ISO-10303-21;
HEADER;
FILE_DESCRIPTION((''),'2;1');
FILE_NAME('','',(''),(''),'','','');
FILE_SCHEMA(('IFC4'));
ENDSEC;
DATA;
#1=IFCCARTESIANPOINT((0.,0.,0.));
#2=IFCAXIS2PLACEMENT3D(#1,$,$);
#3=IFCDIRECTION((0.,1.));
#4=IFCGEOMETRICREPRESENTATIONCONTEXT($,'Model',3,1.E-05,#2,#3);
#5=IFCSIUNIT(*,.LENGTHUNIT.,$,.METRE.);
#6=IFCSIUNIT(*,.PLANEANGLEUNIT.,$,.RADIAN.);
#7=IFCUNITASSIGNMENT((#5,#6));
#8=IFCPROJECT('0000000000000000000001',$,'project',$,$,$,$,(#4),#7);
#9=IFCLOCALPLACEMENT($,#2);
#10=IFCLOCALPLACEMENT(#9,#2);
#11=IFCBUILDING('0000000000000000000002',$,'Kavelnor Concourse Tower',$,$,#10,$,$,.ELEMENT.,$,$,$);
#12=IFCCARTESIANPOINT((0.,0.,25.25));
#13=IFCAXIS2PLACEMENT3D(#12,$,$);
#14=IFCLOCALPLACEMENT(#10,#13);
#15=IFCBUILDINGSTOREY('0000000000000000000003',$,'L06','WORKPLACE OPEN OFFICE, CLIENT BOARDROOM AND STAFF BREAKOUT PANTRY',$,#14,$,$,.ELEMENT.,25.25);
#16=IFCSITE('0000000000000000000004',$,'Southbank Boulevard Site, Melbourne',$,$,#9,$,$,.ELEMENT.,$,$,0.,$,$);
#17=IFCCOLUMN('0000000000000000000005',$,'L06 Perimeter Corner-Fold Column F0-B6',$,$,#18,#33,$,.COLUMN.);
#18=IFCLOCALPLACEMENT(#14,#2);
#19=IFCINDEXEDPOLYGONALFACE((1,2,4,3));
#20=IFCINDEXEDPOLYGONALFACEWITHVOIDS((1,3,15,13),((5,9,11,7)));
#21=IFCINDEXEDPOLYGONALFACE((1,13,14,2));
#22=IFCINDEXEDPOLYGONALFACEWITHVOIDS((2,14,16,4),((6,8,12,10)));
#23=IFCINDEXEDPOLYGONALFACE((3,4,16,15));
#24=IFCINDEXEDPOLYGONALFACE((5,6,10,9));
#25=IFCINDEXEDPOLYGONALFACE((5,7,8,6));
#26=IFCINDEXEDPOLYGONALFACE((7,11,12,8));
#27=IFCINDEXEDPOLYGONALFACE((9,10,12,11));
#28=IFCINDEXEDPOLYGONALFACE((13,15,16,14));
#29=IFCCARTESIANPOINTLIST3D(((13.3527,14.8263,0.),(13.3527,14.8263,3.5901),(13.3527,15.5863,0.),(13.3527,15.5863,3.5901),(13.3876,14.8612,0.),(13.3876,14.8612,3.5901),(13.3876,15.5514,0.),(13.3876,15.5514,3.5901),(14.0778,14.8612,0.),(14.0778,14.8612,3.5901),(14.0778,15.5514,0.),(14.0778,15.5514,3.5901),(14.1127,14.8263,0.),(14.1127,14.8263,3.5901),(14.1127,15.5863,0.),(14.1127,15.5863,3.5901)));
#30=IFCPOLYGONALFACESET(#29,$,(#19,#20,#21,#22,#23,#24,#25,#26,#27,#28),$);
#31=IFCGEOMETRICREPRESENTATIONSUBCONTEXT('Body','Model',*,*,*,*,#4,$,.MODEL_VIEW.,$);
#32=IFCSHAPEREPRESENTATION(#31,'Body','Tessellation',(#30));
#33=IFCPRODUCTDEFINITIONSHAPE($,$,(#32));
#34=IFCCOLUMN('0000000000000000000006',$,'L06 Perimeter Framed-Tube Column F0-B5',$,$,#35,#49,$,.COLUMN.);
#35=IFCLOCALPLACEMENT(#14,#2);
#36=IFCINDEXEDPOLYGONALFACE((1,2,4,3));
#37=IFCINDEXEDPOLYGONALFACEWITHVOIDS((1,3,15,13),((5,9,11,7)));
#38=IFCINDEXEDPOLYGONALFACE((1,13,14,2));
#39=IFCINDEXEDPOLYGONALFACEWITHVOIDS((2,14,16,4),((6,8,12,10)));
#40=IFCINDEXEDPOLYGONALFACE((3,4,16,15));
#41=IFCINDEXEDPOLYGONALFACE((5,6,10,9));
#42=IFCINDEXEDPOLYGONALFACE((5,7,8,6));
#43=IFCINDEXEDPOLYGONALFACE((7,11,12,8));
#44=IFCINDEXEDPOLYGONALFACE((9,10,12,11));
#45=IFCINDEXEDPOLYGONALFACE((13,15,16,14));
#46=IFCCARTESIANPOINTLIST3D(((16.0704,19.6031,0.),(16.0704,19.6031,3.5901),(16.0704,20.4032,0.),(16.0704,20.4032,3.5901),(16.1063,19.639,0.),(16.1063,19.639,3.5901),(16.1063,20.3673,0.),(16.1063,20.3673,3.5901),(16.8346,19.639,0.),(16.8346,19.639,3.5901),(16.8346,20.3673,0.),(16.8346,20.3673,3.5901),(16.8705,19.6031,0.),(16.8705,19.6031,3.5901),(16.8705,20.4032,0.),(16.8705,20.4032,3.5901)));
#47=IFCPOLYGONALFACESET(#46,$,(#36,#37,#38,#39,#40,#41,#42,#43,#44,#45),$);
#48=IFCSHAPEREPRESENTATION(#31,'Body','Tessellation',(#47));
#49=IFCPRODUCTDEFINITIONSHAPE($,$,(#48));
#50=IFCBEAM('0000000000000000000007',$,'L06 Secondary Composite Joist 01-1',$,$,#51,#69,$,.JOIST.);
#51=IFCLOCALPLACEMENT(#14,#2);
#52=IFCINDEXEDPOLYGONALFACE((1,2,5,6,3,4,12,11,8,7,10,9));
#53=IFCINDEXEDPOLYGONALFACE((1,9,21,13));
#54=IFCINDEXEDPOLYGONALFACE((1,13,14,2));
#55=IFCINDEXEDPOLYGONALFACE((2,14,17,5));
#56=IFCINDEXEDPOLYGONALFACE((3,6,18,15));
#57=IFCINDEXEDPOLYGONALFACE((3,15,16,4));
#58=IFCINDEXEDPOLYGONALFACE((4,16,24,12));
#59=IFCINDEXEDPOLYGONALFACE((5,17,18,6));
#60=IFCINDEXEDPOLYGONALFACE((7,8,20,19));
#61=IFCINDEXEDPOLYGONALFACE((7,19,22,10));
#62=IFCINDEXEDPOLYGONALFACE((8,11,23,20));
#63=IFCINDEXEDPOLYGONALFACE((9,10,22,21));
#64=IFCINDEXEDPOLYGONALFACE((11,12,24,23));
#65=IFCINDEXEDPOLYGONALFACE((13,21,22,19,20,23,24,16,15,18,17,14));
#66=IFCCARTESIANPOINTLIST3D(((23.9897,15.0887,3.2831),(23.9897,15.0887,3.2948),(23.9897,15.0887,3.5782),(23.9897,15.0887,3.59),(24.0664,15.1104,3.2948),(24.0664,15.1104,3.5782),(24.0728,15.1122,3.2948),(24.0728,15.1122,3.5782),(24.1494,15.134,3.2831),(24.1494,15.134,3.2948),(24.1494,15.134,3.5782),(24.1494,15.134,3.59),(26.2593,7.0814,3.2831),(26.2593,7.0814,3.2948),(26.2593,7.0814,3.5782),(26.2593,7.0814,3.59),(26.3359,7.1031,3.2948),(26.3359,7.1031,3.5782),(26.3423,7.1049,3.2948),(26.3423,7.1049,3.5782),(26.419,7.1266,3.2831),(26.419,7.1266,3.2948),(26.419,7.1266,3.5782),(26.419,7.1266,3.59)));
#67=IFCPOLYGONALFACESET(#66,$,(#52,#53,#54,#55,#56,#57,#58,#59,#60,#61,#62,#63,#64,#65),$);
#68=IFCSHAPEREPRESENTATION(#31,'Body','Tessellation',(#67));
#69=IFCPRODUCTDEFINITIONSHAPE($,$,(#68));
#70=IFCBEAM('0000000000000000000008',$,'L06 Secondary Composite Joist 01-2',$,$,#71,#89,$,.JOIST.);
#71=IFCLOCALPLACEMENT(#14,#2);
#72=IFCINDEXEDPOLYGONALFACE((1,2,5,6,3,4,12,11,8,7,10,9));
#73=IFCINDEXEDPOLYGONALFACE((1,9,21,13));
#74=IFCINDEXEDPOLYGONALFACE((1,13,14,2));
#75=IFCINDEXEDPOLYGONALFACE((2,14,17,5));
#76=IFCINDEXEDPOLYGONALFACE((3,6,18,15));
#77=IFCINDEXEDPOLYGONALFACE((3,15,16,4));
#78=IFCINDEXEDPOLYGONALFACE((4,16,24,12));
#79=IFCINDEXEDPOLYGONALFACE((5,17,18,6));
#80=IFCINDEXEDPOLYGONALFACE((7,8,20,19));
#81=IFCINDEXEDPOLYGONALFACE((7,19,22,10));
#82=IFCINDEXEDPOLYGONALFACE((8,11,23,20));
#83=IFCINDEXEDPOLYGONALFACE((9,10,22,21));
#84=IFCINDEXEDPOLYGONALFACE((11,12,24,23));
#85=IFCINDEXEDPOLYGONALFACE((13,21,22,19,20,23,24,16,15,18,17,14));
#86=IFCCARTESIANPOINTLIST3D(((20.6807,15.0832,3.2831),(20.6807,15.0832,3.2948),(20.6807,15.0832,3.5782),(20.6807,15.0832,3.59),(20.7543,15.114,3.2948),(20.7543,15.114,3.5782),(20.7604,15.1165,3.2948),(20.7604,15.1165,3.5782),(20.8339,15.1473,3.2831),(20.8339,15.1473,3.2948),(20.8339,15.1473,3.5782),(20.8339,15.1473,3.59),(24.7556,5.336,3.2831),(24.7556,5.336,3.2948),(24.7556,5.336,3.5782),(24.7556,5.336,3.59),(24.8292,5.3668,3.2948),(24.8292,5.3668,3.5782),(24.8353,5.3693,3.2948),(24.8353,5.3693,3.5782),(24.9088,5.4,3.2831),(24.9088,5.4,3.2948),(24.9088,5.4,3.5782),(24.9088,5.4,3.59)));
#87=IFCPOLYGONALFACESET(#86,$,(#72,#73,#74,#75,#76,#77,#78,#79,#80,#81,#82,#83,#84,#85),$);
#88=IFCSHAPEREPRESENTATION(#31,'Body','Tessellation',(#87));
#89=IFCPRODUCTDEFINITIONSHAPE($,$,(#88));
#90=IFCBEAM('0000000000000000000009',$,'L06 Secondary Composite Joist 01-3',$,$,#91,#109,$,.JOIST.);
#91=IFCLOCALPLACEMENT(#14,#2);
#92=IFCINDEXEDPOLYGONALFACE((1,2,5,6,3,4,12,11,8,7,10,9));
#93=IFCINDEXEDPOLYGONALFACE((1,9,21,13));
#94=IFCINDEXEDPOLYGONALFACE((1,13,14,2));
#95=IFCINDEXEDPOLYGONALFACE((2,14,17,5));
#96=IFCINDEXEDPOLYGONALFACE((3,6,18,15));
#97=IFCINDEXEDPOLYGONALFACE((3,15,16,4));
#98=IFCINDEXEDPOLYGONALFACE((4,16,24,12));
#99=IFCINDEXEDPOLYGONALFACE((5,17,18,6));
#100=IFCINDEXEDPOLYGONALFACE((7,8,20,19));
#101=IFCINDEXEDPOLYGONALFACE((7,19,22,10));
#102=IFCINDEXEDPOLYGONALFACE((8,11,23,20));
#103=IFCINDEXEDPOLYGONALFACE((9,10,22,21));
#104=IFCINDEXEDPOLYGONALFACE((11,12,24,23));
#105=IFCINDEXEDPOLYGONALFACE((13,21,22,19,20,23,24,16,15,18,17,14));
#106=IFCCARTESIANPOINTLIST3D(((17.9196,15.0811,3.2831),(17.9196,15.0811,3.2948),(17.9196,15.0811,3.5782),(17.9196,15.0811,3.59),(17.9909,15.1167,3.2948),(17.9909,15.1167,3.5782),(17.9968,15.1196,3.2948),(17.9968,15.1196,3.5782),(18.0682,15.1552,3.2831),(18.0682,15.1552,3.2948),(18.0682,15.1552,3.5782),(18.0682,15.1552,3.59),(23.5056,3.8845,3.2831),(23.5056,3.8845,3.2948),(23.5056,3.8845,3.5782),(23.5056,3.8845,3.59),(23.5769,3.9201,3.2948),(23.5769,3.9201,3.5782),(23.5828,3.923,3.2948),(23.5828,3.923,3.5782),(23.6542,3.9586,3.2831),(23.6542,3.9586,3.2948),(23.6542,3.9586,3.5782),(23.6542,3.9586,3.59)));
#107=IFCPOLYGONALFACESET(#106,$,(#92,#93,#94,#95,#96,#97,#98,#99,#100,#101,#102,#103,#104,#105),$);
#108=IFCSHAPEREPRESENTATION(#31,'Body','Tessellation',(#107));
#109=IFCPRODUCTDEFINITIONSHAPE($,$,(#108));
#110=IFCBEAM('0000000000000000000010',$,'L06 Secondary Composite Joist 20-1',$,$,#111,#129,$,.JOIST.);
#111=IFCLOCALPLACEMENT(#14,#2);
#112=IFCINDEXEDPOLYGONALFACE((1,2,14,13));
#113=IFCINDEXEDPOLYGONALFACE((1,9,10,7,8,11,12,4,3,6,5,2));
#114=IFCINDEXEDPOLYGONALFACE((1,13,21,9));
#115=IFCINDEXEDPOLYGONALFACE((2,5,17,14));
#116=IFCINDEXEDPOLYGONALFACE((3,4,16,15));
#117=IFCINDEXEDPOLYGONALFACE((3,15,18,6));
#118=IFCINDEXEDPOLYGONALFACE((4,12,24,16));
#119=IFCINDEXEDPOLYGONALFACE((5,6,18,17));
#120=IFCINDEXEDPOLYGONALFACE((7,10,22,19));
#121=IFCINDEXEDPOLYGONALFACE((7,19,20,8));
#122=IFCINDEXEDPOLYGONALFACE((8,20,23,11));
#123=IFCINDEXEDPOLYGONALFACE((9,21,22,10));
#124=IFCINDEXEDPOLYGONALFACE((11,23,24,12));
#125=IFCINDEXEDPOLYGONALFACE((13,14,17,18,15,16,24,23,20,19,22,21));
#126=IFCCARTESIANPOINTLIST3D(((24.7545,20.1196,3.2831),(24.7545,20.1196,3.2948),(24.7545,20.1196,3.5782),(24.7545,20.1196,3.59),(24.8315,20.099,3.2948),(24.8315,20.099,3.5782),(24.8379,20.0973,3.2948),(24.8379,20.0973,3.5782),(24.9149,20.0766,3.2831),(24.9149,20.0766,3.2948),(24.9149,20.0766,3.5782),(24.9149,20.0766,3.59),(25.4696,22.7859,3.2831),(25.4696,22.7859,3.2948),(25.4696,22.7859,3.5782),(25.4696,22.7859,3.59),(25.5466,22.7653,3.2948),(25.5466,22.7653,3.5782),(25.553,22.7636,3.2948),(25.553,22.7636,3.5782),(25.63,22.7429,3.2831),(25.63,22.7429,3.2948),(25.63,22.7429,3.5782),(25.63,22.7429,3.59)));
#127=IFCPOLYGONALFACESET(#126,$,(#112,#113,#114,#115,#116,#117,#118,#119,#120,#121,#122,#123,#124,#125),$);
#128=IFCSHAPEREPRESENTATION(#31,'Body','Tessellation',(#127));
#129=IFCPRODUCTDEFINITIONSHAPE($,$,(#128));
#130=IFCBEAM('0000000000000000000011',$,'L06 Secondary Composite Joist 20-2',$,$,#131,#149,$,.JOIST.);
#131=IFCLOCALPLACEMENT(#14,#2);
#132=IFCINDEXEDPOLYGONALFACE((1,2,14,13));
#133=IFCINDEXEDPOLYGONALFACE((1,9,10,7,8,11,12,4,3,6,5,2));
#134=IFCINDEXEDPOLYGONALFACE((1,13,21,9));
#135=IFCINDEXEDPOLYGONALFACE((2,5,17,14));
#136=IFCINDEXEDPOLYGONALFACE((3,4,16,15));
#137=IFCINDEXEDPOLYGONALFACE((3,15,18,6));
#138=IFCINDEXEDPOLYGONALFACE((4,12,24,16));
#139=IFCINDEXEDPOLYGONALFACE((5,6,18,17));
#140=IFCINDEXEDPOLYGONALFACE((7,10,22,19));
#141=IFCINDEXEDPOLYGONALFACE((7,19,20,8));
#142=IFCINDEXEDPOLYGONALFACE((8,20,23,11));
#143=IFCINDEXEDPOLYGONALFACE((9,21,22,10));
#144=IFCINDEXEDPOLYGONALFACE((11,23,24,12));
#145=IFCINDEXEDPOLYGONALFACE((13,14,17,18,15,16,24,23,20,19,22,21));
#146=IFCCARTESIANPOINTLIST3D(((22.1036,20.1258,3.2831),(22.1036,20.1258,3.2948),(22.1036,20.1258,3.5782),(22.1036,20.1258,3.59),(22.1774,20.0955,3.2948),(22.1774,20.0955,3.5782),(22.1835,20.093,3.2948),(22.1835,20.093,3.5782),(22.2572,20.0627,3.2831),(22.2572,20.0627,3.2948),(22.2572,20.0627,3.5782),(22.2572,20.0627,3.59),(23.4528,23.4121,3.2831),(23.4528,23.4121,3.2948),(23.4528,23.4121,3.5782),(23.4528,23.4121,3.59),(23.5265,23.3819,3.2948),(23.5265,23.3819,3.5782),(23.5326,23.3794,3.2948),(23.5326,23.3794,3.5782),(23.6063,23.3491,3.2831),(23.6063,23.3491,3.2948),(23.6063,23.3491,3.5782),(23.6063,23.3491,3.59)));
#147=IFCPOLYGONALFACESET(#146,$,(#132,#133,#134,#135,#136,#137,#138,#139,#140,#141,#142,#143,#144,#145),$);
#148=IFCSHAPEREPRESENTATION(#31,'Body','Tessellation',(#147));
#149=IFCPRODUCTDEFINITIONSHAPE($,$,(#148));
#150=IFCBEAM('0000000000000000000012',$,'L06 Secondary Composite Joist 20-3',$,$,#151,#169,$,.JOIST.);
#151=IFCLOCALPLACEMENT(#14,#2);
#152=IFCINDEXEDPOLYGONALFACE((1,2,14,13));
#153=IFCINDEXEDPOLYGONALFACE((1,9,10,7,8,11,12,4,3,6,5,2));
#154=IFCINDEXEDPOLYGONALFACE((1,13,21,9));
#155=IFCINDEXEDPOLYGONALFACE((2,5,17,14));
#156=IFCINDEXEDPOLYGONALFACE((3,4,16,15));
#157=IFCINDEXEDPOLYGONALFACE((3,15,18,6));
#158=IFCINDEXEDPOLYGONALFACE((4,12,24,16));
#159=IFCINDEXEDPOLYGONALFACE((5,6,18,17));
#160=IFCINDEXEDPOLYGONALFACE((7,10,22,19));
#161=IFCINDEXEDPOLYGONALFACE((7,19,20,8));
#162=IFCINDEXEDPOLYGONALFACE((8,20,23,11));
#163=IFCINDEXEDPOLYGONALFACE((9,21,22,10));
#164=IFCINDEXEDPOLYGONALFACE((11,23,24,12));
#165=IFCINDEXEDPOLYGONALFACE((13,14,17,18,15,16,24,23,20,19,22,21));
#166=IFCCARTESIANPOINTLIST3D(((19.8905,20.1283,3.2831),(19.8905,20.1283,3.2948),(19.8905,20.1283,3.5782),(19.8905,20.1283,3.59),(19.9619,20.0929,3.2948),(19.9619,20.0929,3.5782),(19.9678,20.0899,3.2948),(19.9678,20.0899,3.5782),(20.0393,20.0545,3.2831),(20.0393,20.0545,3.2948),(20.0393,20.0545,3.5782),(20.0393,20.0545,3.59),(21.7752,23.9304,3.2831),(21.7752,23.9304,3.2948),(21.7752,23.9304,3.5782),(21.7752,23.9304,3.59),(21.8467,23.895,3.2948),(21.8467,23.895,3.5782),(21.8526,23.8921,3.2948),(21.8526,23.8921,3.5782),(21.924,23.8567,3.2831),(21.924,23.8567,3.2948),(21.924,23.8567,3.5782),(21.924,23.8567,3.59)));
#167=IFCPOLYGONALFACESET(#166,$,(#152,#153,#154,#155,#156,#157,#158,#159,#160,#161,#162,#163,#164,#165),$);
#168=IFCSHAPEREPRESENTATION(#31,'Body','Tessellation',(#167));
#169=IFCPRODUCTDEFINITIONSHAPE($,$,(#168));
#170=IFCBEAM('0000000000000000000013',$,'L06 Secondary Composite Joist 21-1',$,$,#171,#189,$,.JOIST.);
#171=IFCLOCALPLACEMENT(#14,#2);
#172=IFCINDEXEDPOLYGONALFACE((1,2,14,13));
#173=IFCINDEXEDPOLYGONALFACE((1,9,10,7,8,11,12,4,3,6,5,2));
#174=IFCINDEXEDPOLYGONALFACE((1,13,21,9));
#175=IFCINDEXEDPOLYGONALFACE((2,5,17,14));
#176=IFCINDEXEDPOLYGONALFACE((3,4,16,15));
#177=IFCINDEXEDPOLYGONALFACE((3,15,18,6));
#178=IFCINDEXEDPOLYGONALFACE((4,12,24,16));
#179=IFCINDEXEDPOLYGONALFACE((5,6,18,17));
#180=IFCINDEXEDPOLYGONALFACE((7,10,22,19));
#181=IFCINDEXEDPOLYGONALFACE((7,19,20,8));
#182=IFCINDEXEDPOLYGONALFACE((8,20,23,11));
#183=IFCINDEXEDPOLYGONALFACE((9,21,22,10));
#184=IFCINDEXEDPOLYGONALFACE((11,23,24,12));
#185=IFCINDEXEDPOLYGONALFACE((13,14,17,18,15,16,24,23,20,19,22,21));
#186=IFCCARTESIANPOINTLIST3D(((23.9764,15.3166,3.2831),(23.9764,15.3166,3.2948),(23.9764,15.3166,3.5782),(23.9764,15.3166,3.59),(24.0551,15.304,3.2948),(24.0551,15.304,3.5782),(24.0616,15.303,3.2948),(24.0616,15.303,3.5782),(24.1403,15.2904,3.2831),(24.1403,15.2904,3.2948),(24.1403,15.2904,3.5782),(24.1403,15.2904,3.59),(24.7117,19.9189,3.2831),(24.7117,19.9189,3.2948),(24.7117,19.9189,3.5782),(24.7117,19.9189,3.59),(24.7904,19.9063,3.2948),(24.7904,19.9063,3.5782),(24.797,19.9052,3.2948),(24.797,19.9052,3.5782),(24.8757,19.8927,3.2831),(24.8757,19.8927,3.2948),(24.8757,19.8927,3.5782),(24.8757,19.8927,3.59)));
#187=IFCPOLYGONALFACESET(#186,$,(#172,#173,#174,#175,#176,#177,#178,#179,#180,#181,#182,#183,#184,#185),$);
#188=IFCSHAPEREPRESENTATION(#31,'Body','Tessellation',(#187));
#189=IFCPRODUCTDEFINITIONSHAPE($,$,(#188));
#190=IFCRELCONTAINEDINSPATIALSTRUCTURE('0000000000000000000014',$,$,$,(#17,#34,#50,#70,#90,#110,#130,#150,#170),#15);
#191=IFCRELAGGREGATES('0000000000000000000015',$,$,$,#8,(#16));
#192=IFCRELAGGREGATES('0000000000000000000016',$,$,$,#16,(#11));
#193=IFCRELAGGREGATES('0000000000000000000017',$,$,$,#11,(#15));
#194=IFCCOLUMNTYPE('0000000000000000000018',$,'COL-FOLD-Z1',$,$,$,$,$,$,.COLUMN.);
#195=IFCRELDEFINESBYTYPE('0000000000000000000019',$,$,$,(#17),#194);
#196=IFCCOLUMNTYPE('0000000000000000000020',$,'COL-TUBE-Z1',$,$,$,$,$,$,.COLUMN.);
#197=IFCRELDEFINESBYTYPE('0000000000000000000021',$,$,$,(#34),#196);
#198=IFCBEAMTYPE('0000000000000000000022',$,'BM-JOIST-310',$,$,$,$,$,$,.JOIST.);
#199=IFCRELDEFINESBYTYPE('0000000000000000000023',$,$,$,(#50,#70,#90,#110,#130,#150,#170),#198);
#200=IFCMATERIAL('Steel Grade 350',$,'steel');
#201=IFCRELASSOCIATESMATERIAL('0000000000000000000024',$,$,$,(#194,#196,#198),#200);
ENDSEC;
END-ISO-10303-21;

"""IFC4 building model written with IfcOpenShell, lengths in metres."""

from ifc_helpers import new_model, si_unit, direction, frame, origin, origin_2d, place, context, subcontext, project, spatial, hollow_rectangle, i_section, extrude, material, material_profile, profile_set, type_object, element, save


model = new_model("IFC4")

# Units and contexts
model_context = context("Model", 3, precision=1e-05, world=origin(), true_north=direction((0.0, 1.0)))
body_context = subcontext(model_context, "Body", "Model", "MODEL_VIEW")
ifc_project = project(units=[si_unit("LENGTHUNIT", "METRE"), si_unit("PLANEANGLEUNIT", "RADIAN")], contexts=[model_context])

# Site, building, storey
site_placement = place(None, origin())
site = spatial("IfcSite", under=ifc_project, at=site_placement, Name="Southbank Boulevard Site, Melbourne", CompositionType="ELEMENT", RefElevation=0.0)
building_placement = place(site_placement, origin())
building = spatial("IfcBuilding", under=site, at=building_placement, Name="Kavelnor Concourse Tower", CompositionType="ELEMENT")
storey_placement = place(building_placement, frame((0.0, 0.0, 25.25)))
storey = spatial("IfcBuildingStorey", under=building, at=storey_placement, Name="L06", Description="WORKPLACE OPEN OFFICE, CLIENT BOARDROOM AND STAFF BREAKOUT PANTRY", CompositionType="ELEMENT", Elevation=25.25)

# Columns
ifc_material_1 = material(Name="Steel Grade 350", Category="steel")
ifc_material_profile_1 = material_profile(ifc_material_1, hollow_rectangle(XDim=0.76, YDim=0.76, WallThickness=0.0349, at=origin_2d()), Name="SHS 760x760x35")
ifc_profile_set_1 = profile_set([ifc_material_profile_1], Name="Steel Grade 350")
column_type_1 = type_object("IfcColumnType", Name="COL-FOLD-Z1", PredefinedType="COLUMN", material=ifc_profile_set_1)
column_1_placement = place(storey_placement, frame((13.7327, 15.2063, 0.0), z_axis=(0.0, 0.0, 1.0), x_axis=(1.0, 0.0, 0.0)))
element("IfcColumn", 1, at=column_1_placement, inside=storey, type_object=column_type_1, Name="L06 Perimeter Corner-Fold Column F0-B6", PredefinedType="COLUMN", context=body_context, shape_type="SweptSolid", body=[
    extrude(hollow_rectangle(XDim=0.76, YDim=0.76, WallThickness=0.0349, at=origin_2d()), origin(), (0.0, 0.0, 1.0), 3.5901),
])
ifc_material_profile_2 = material_profile(ifc_material_1, hollow_rectangle(XDim=0.8, YDim=0.8, WallThickness=0.0359, at=origin_2d()), Name="SHS 800x800x36")
ifc_profile_set_2 = profile_set([ifc_material_profile_2], Name="Steel Grade 350")
column_type_2 = type_object("IfcColumnType", Name="COL-TUBE-Z1", PredefinedType="COLUMN", material=ifc_profile_set_2)
column_2_placement = place(storey_placement, frame((16.4705, 20.0032, 0.0), z_axis=(0.0, 0.0, 1.0), x_axis=(1.0, 0.0, 0.0)))
element("IfcColumn", 2, at=column_2_placement, inside=storey, type_object=column_type_2, Name="L06 Perimeter Framed-Tube Column F0-B5", PredefinedType="COLUMN", context=body_context, shape_type="SweptSolid", body=[
    extrude(hollow_rectangle(XDim=0.8, YDim=0.8, WallThickness=0.0359, at=origin_2d()), origin(), (0.0, 0.0, 1.0), 3.5901),
])

# Beams
ifc_material_profile_3 = material_profile(ifc_material_1, i_section(OverallWidth=0.166, OverallDepth=0.3069, WebThickness=0.0066, FlangeThickness=0.0117, at=origin_2d()), Name="310UB46")
ifc_profile_set_3 = profile_set([ifc_material_profile_3], Name="Steel Grade 350")
beam_type_1 = type_object("IfcBeamType", Name="BM-JOIST-310", PredefinedType="JOIST", material=ifc_profile_set_3)
beam_1_placement = place(storey_placement, frame((24.0696, 15.1113, 3.4365), z_axis=(0.27269, -0.962102, 0.0), x_axis=(0.962102, 0.27269, 0.0)))
element("IfcBeam", 3, at=beam_1_placement, inside=storey, type_object=beam_type_1, Name="L06 Secondary Composite Joist 01-1", PredefinedType="JOIST", context=body_context, shape_type="SweptSolid", body=[
    extrude(i_section(OverallWidth=0.166, OverallDepth=0.3069, WebThickness=0.0066, FlangeThickness=0.0117, at=origin_2d()), origin(), (0.0, 0.0, 1.0), 8.3228),
])
beam_2_placement = place(storey_placement, frame((20.7573, 15.1152, 3.4365), z_axis=(0.38571, -0.92262, 0.0), x_axis=(0.92262, 0.38571, 0.0)))
element("IfcBeam", 4, at=beam_2_placement, inside=storey, type_object=beam_type_1, Name="L06 Secondary Composite Joist 01-2", PredefinedType="JOIST", context=body_context, shape_type="SweptSolid", body=[
    extrude(i_section(OverallWidth=0.166, OverallDepth=0.3069, WebThickness=0.0066, FlangeThickness=0.0117, at=origin_2d()), origin(), (0.0, 0.0, 1.0), 10.5647),
])
beam_3_placement = place(storey_placement, frame((17.9939, 15.1182, 3.4365), z_axis=(0.446425, -0.894821, 0.0), x_axis=(0.894821, 0.446425, 0.0)))
element("IfcBeam", 5, at=beam_3_placement, inside=storey, type_object=beam_type_1, Name="L06 Secondary Composite Joist 01-3", PredefinedType="JOIST", context=body_context, shape_type="SweptSolid", body=[
    extrude(i_section(OverallWidth=0.166, OverallDepth=0.3069, WebThickness=0.0066, FlangeThickness=0.0117, at=origin_2d()), origin(), (0.0, 0.0, 1.0), 12.5127),
])
beam_4_placement = place(storey_placement, frame((25.5498, 22.7644, 3.4365), z_axis=(-0.259044, -0.965866, 0.0), x_axis=(0.965866, -0.259044, 0.0)))
element("IfcBeam", 6, at=beam_4_placement, inside=storey, type_object=beam_type_1, Name="L06 Secondary Composite Joist 20-1", PredefinedType="JOIST", context=body_context, shape_type="SweptSolid", body=[
    extrude(i_section(OverallWidth=0.166, OverallDepth=0.3069, WebThickness=0.0066, FlangeThickness=0.0117, at=origin_2d()), origin(), (0.0, 0.0, 1.0), 2.7605),
])
beam_5_placement = place(storey_placement, frame((23.5295, 23.3806, 3.4365), z_axis=(-0.379764, -0.925083, 0.0), x_axis=(0.925083, -0.379764, 0.0)))
element("IfcBeam", 7, at=beam_5_placement, inside=storey, type_object=beam_type_1, Name="L06 Secondary Composite Joist 20-2", PredefinedType="JOIST", context=body_context, shape_type="SweptSolid", body=[
    extrude(i_section(OverallWidth=0.166, OverallDepth=0.3069, WebThickness=0.0066, FlangeThickness=0.0117, at=origin_2d()), origin(), (0.0, 0.0, 1.0), 3.5525),
])
beam_6_placement = place(storey_placement, frame((21.8496, 23.8936, 3.4365), z_axis=(-0.444127, -0.895964, 0.0), x_axis=(0.895964, -0.444127, 0.0)))
element("IfcBeam", 8, at=beam_6_placement, inside=storey, type_object=beam_type_1, Name="L06 Secondary Composite Joist 20-3", PredefinedType="JOIST", context=body_context, shape_type="SweptSolid", body=[
    extrude(i_section(OverallWidth=0.166, OverallDepth=0.3069, WebThickness=0.0066, FlangeThickness=0.0117, at=origin_2d()), origin(), (0.0, 0.0, 1.0), 4.2437),
])
beam_7_placement = place(storey_placement, frame((24.7937, 19.9058, 3.4365), z_axis=(-0.157778, -0.987475, 0.0), x_axis=(0.987475, -0.157778, 0.0)))
element("IfcBeam", 9, at=beam_7_placement, inside=storey, type_object=beam_type_1, Name="L06 Secondary Composite Joist 21-1", PredefinedType="JOIST", context=body_context, shape_type="SweptSolid", body=[
    extrude(i_section(OverallWidth=0.166, OverallDepth=0.3069, WebThickness=0.0066, FlangeThickness=0.0117, at=origin_2d()), origin(), (0.0, 0.0, 1.0), 4.6606),
])

save(model, "model.ifc")
